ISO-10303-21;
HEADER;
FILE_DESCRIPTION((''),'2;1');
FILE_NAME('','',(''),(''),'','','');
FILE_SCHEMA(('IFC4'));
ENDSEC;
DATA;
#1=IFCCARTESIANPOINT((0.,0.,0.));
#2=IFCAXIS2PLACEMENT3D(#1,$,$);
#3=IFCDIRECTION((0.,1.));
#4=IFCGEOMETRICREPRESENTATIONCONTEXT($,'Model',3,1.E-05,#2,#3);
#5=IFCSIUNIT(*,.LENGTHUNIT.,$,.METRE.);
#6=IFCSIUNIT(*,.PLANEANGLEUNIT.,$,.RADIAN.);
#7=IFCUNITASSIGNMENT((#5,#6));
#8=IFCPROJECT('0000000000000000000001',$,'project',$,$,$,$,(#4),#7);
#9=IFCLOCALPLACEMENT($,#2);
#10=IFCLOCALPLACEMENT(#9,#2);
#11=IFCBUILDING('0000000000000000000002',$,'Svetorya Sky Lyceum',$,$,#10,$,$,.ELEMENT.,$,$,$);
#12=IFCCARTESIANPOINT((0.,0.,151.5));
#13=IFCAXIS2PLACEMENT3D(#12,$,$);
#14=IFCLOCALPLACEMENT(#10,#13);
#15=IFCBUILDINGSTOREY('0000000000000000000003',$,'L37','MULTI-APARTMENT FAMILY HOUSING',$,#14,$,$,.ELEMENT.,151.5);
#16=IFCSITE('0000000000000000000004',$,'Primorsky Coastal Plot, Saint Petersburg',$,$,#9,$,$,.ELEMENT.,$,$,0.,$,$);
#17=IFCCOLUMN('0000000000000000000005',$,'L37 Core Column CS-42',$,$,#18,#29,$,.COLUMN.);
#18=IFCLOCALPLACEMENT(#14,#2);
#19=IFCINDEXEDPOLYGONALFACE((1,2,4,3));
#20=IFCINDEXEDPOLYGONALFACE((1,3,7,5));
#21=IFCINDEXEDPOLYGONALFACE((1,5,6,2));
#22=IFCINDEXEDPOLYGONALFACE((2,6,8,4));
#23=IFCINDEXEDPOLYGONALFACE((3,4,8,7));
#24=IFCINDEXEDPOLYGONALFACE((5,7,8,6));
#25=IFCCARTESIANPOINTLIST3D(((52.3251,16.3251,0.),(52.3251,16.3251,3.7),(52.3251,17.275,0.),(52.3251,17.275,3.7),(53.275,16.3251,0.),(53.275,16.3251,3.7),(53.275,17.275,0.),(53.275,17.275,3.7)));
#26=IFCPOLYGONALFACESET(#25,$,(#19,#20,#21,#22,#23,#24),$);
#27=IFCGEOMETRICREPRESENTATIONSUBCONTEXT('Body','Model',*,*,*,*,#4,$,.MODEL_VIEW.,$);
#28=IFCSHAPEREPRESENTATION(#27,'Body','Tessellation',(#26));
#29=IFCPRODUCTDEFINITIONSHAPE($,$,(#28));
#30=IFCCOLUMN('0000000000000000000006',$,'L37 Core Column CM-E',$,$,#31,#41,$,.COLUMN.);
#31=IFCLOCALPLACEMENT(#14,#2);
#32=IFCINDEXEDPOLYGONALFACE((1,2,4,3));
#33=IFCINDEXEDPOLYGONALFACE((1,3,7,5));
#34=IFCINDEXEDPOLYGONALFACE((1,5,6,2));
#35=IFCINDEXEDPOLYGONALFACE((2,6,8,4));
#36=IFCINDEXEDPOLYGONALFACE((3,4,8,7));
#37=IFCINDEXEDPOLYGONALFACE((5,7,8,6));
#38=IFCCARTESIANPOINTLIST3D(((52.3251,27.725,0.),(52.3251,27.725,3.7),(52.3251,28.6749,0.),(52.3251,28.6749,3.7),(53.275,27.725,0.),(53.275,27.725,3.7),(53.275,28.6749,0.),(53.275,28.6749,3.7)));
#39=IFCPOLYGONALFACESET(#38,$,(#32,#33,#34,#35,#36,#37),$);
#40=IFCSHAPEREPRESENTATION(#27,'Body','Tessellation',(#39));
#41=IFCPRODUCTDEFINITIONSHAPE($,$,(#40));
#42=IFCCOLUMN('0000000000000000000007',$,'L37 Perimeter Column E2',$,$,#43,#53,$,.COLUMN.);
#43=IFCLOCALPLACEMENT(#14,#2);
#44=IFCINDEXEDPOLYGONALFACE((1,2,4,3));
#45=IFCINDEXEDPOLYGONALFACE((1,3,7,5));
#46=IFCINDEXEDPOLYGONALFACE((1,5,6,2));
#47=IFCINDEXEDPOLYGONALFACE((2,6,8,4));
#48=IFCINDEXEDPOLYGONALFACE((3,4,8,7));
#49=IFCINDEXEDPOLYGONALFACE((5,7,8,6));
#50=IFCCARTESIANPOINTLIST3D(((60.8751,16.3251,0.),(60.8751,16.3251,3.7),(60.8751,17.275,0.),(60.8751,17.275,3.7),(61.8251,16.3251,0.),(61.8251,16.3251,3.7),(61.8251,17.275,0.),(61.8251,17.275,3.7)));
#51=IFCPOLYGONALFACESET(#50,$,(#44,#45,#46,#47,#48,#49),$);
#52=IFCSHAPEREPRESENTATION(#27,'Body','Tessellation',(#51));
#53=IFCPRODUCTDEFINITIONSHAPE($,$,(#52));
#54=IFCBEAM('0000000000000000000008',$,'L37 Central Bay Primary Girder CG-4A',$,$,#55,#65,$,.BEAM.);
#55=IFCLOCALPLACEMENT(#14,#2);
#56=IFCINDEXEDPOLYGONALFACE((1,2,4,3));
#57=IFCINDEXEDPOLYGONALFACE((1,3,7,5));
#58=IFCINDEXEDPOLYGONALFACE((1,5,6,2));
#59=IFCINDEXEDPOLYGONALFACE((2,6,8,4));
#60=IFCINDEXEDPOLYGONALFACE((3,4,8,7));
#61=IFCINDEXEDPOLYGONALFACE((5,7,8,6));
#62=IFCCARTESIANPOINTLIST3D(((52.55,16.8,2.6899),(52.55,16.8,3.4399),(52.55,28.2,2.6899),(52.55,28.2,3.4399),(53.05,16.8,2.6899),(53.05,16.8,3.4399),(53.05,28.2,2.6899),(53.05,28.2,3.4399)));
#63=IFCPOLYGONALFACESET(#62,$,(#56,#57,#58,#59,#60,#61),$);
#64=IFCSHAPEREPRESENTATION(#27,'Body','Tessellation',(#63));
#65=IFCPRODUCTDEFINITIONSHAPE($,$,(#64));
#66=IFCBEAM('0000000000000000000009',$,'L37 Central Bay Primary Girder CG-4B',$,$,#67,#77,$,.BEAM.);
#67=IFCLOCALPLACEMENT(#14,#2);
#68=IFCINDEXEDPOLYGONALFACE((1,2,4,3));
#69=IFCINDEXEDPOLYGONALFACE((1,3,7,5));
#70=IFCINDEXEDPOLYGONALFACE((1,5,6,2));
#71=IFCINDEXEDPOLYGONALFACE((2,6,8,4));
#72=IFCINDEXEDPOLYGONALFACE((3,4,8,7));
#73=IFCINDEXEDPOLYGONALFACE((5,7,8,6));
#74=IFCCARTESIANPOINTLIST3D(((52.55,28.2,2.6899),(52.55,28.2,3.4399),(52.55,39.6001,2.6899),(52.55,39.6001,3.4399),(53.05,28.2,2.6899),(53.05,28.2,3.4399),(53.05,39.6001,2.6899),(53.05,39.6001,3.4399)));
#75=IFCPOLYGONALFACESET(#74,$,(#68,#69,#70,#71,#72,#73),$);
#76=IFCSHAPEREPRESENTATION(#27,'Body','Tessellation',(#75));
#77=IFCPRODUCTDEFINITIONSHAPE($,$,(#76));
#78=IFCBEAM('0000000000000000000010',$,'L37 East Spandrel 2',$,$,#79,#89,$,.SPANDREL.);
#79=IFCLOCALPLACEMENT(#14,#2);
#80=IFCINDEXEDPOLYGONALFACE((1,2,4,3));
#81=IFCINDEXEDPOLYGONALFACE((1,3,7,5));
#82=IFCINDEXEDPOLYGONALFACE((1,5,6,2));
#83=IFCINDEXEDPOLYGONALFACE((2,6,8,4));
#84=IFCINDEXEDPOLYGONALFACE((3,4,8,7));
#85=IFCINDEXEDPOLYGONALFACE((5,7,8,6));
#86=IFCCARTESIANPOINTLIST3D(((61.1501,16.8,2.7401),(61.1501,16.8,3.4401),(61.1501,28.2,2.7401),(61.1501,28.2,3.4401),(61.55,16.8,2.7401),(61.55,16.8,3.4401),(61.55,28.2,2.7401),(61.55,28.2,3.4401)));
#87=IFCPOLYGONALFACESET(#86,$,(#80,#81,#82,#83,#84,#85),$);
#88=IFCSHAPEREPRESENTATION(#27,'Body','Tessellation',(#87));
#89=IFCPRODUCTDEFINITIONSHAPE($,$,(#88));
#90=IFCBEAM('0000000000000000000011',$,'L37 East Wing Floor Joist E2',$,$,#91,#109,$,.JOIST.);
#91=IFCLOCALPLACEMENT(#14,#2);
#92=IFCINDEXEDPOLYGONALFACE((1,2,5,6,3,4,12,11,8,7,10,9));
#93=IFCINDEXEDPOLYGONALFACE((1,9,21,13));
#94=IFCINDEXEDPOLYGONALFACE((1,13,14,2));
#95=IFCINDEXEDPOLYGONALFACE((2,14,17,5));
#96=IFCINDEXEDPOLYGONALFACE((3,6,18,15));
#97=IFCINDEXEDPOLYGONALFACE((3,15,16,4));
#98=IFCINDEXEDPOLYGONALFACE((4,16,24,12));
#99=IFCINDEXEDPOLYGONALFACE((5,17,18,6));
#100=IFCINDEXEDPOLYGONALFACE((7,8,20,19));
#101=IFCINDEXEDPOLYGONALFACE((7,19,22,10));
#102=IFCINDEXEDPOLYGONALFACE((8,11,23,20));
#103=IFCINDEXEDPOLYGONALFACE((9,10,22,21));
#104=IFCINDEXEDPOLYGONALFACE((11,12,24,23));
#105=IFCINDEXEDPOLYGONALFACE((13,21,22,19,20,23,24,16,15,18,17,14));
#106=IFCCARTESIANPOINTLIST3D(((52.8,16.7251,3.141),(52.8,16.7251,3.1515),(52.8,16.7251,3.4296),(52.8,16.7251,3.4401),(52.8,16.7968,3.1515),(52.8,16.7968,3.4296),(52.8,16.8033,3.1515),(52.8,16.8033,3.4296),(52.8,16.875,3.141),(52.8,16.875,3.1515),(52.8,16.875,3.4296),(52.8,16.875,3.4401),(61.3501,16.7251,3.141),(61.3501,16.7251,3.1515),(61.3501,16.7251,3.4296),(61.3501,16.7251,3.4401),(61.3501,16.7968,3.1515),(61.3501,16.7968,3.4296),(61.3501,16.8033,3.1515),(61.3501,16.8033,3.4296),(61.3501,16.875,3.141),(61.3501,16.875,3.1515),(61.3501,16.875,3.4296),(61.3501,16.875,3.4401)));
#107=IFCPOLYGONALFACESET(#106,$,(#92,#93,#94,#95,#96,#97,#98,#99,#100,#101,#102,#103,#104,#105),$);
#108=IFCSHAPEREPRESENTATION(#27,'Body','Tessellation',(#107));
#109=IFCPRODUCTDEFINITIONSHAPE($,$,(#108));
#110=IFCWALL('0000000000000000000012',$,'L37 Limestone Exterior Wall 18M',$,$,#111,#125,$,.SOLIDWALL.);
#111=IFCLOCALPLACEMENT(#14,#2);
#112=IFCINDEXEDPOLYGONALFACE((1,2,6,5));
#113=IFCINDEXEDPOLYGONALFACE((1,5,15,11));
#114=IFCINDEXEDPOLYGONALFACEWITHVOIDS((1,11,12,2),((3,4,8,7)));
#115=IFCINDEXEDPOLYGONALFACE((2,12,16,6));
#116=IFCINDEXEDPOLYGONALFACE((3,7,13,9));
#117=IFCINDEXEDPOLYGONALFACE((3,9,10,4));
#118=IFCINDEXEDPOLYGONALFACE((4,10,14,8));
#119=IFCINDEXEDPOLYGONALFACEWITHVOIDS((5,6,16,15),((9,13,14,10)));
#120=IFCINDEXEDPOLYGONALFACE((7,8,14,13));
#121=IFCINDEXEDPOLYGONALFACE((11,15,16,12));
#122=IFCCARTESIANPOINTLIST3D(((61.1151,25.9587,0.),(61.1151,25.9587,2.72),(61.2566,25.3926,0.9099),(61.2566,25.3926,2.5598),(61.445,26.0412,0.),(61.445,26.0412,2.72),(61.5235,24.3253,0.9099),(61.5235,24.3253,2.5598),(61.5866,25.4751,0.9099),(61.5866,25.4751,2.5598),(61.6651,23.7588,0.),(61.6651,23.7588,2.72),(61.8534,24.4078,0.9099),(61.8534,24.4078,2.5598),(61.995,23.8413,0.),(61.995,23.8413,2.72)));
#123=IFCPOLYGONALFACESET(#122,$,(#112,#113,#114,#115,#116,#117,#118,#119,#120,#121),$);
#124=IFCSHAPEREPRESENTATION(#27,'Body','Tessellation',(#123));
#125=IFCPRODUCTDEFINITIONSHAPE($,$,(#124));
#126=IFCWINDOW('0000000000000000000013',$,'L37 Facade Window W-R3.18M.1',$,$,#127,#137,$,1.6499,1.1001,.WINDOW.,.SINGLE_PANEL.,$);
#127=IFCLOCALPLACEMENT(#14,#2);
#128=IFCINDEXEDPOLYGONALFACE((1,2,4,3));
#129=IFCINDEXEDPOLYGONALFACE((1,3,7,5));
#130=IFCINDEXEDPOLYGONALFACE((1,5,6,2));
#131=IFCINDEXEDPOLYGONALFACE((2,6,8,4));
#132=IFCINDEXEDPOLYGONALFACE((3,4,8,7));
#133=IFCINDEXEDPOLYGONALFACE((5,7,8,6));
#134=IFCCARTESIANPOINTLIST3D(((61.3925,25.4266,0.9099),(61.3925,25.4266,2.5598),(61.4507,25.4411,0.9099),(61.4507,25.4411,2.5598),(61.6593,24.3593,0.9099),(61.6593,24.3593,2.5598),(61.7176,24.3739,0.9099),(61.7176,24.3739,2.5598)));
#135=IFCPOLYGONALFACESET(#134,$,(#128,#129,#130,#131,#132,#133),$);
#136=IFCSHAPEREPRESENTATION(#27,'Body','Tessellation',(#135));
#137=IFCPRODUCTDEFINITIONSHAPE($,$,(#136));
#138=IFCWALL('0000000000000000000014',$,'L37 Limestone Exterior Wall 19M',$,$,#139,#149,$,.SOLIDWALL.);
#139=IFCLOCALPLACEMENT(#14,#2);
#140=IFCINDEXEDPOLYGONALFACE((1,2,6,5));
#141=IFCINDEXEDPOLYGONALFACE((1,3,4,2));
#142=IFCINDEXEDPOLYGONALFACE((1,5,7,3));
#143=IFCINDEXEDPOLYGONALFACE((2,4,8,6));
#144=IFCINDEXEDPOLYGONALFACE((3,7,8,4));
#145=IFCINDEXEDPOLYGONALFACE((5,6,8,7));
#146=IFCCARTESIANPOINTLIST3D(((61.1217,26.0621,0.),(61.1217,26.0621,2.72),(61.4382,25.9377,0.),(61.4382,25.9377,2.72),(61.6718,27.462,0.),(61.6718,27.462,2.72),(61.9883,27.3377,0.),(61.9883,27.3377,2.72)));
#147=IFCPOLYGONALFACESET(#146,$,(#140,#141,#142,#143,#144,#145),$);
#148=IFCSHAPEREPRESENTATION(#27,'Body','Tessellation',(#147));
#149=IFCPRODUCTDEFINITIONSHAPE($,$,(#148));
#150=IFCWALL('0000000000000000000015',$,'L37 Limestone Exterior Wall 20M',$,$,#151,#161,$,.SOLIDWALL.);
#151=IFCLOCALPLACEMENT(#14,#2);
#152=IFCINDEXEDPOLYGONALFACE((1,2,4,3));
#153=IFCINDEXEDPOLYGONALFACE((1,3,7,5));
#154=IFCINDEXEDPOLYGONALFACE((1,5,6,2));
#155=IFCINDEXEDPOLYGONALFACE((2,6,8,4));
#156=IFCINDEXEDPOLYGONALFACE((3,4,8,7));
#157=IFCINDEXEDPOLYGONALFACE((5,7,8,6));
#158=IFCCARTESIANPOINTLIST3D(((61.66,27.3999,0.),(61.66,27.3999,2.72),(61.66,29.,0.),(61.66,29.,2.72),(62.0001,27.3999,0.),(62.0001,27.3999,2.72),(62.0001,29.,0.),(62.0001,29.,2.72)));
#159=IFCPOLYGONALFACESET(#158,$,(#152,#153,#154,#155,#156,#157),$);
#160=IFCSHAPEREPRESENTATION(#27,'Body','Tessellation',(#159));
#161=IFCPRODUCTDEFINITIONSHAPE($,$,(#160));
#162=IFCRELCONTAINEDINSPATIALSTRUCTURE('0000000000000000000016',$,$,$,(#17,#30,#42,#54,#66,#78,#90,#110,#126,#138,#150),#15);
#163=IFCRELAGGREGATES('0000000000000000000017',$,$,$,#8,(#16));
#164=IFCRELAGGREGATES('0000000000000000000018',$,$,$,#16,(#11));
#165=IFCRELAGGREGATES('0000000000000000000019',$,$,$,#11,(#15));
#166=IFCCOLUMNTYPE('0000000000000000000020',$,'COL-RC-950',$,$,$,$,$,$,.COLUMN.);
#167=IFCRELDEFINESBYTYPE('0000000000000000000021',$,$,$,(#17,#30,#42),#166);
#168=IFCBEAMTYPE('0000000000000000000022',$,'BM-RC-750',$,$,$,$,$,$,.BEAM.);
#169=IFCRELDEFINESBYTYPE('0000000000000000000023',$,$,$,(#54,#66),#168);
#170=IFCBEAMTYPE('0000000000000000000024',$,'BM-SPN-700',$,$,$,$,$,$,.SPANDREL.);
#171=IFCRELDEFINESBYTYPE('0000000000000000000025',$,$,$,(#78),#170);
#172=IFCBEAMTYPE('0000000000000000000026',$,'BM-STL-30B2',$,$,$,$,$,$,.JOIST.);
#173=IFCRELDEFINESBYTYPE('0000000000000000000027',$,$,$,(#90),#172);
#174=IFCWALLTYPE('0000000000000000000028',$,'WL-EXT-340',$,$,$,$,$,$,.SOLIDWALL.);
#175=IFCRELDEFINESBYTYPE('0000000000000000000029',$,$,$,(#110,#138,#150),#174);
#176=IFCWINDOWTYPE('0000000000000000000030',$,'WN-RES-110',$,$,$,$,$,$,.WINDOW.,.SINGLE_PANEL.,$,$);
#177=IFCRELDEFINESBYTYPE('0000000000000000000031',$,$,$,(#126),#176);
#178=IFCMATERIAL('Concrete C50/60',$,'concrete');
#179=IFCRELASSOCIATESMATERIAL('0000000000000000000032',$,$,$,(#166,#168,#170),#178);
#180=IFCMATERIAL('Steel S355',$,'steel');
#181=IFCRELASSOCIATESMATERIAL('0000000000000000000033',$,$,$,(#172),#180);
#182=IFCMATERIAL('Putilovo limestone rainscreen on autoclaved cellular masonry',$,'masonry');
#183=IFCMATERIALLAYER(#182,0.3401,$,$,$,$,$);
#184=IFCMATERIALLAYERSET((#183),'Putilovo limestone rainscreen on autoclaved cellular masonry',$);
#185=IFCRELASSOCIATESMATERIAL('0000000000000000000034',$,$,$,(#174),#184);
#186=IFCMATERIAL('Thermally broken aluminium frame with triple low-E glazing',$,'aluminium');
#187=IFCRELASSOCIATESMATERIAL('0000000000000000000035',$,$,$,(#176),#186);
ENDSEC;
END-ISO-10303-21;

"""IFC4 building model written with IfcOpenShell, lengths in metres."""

from ifc_helpers import new_model, si_unit, direction, frame, frame_2d, origin, origin_2d, place, context, subcontext, project, spatial, rectangle, i_section, extrude, material, layer, layer_set, material_profile, profile_set, type_object, element, fill, save


model = new_model("IFC4")

# Units and contexts
model_context = context("Model", 3, precision=1e-05, world=origin(), true_north=direction((0.0, 1.0)))
body_context = subcontext(model_context, "Body", "Model", "MODEL_VIEW")
ifc_project = project(units=[si_unit("LENGTHUNIT", "METRE"), si_unit("PLANEANGLEUNIT", "RADIAN")], contexts=[model_context])

# Site, building, storey
site_placement = place(None, origin())
site = spatial("IfcSite", under=ifc_project, at=site_placement, Name="Primorsky Coastal Plot, Saint Petersburg", CompositionType="ELEMENT", RefElevation=0.0)
building_placement = place(site_placement, origin())
building = spatial("IfcBuilding", under=site, at=building_placement, Name="Svetorya Sky Lyceum", CompositionType="ELEMENT")
storey_placement = place(building_placement, frame((0.0, 0.0, 151.5)))
storey = spatial("IfcBuildingStorey", under=building, at=storey_placement, Name="L37", Description="MULTI-APARTMENT FAMILY HOUSING", CompositionType="ELEMENT", Elevation=151.5)

# Columns
ifc_material_1 = material(Name="Concrete C50/60", Category="concrete")
ifc_material_profile_1 = material_profile(ifc_material_1, rectangle(XDim=0.95, YDim=0.95, at=origin_2d()), Name="RC COL 950x950")
ifc_profile_set_1 = profile_set([ifc_material_profile_1], Name="Concrete C50/60")
column_type = type_object("IfcColumnType", Name="COL-RC-950", PredefinedType="COLUMN", material=ifc_profile_set_1)
for number, where, z_axis, x_axis, name in (
    (1, (52.8, 16.8, 0.0), (0.0, 0.0, 1.0), (1.0, 0.0, 0.0), "L37 Core Column CS-42"),
    (2, (52.8, 28.2, 0.0), (0.0, 0.0, 1.0), (1.0, 0.0, 0.0), "L37 Core Column CM-E"),
    (3, (61.3501, 16.8, 0.0), (0.0, 0.0, 1.0), (1.0, 0.0, 0.0), "L37 Perimeter Column E2"),
):
    element("IfcColumn", number, at=place(storey_placement, frame(where, z_axis=z_axis, x_axis=x_axis)), inside=storey, type_object=column_type, Name=name, PredefinedType="COLUMN", context=body_context, shape_type="SweptSolid", body=[
        extrude(rectangle(XDim=0.95, YDim=0.95, at=origin_2d()), origin(), (0.0, 0.0, 1.0), 3.7),
    ])

# Beams
ifc_material_profile_2 = material_profile(ifc_material_1, rectangle(XDim=0.5, YDim=0.75, at=origin_2d()), Name="RC BEAM 500x750")
ifc_profile_set_2 = profile_set([ifc_material_profile_2], Name="Concrete C50/60")
beam_type_1 = type_object("IfcBeamType", Name="BM-RC-750", PredefinedType="BEAM", material=ifc_profile_set_2)
beam_1_placement = place(storey_placement, frame((52.8, 16.8, 3.0649), z_axis=(0.0, 1.0, 0.0), x_axis=(-1.0, 0.0, 0.0)))
element("IfcBeam", 4, at=beam_1_placement, inside=storey, type_object=beam_type_1, Name="L37 Central Bay Primary Girder CG-4A", PredefinedType="BEAM", context=body_context, shape_type="SweptSolid", body=[
    extrude(rectangle(XDim=0.5, YDim=0.75, at=origin_2d()), origin(), (0.0, 0.0, 1.0), 11.3999),
])
beam_2_placement = place(storey_placement, frame((52.8, 28.2, 3.0649), z_axis=(0.0, 1.0, 0.0), x_axis=(-1.0, 0.0, 0.0)))
element("IfcBeam", 5, at=beam_2_placement, inside=storey, type_object=beam_type_1, Name="L37 Central Bay Primary Girder CG-4B", PredefinedType="BEAM", context=body_context, shape_type="SweptSolid", body=[
    extrude(rectangle(XDim=0.5, YDim=0.75, at=origin_2d()), origin(), (0.0, 0.0, 1.0), 11.4001),
])
ifc_material_profile_3 = material_profile(ifc_material_1, rectangle(XDim=0.3999, YDim=0.7, at=origin_2d()), Name="RC SPANDREL 400x700")
ifc_profile_set_3 = profile_set([ifc_material_profile_3], Name="Concrete C50/60")
beam_type_2 = type_object("IfcBeamType", Name="BM-SPN-700", PredefinedType="SPANDREL", material=ifc_profile_set_3)
beam_3_placement = place(storey_placement, frame((61.3501, 16.8, 3.0901), z_axis=(0.0, 1.0, 0.0), x_axis=(-1.0, 0.0, 0.0)))
element("IfcBeam", 6, at=beam_3_placement, inside=storey, type_object=beam_type_2, Name="L37 East Spandrel 2", PredefinedType="SPANDREL", context=body_context, shape_type="SweptSolid", body=[
    extrude(rectangle(XDim=0.3999, YDim=0.7, at=origin_2d()), origin(), (0.0, 0.0, 1.0), 11.3999),
])
ifc_material_2 = material(Name="Steel S355", Category="steel")
ifc_material_profile_4 = material_profile(ifc_material_2, i_section(OverallWidth=0.1499, OverallDepth=0.2991, WebThickness=0.0066, FlangeThickness=0.0105, at=origin_2d()), Name="GOST 30B2")
ifc_profile_set_4 = profile_set([ifc_material_profile_4], Name="Steel S355")
beam_type_3 = type_object("IfcBeamType", Name="BM-STL-30B2", PredefinedType="JOIST", material=ifc_profile_set_4)
beam_4_placement = place(storey_placement, frame((52.8, 16.8, 3.2905), z_axis=(1.0, 0.0, 0.0), x_axis=(0.0, 1.0, 0.0)))
element("IfcBeam", 7, at=beam_4_placement, inside=storey, type_object=beam_type_3, Name="L37 East Wing Floor Joist E2", PredefinedType="JOIST", context=body_context, shape_type="SweptSolid", body=[
    extrude(i_section(OverallWidth=0.1499, OverallDepth=0.2991, WebThickness=0.0066, FlangeThickness=0.0105, at=origin_2d()), origin(), (0.0, 0.0, 1.0), 8.55),
])

# Wall, opening, window
ifc_material_3 = material(Name="Putilovo limestone rainscreen on autoclaved cellular masonry", Category="masonry")
ifc_layer_1 = layer(ifc_material_3, 0.3401)
ifc_layer_set_1 = layer_set([ifc_layer_1], Name="Putilovo limestone rainscreen on autoclaved cellular masonry")
wall_type_1 = type_object("IfcWallType", Name="WL-EXT-340", PredefinedType="SOLIDWALL", material=ifc_layer_set_1)
wall_1_placement = place(storey_placement, frame((61.8301, 23.8, 0.0), z_axis=(0.0, 0.0, 1.0), x_axis=(-0.242561, 0.970136, 0.0)))
wall_1 = element("IfcWall", 8, at=wall_1_placement, inside=storey, type_object=wall_type_1, Name="L37 Limestone Exterior Wall 18M", PredefinedType="SOLIDWALL", context=body_context, shape_type="SweptSolid", body=[
    extrude(rectangle(XDim=2.2676, YDim=0.3401, at=frame_2d((1.1338, 0.0))), origin(), (0.0, 0.0, 1.0), 2.72),
])
opening_1_placement = place(wall_1_placement, frame((0.584, 0.0, 0.9099)))
opening_1 = element("IfcOpeningElement", 9, at=opening_1_placement, cuts=wall_1, PredefinedType="OPENING", context=body_context, shape_type="SweptSolid", body=[
    extrude(rectangle(XDim=1.1001, YDim=1.6499, at=frame_2d((0.55, 0.825))), frame((0.0, 0.1799, 0.0), z_axis=(0.0, -1.0, 0.0), x_axis=(1.0, 0.0, 0.0)), (0.0, 0.0, 1.0), 0.3601),
])
ifc_material_4 = material(Name="Thermally broken aluminium frame with triple low-E glazing", Category="aluminium")
window_type = type_object("IfcWindowType", Name="WN-RES-110", PartitioningType="SINGLE_PANEL", PredefinedType="WINDOW", material=ifc_material_4)
window_placement = place(opening_1_placement, origin())
window = element("IfcWindow", 10, at=window_placement, inside=storey, type_object=window_type, Name="L37 Facade Window W-R3.18M.1", OverallHeight=1.6499, OverallWidth=1.1001, PartitioningType="SINGLE_PANEL", PredefinedType="WINDOW", context=body_context, shape_type="SweptSolid", body=[
    extrude(rectangle(XDim=1.1001, YDim=1.6499, at=frame_2d((0.55, 0.825))), frame((0.0, 0.03, 0.0), z_axis=(0.0, -1.0, 0.0), x_axis=(1.0, 0.0, 0.0)), (0.0, 0.0, 1.0), 0.0601),
])
fill(opening_1, window)

# Walls
wall_2_placement = place(storey_placement, frame((61.28, 26.0, 0.0), z_axis=(0.0, 0.0, 1.0), x_axis=(0.365703, 0.930732, 0.0)))
element("IfcWall", 11, at=wall_2_placement, inside=storey, type_object=wall_type_1, Name="L37 Limestone Exterior Wall 19M", PredefinedType="SOLIDWALL", context=body_context, shape_type="SweptSolid", body=[
    extrude(rectangle(XDim=1.5042, YDim=0.3401, at=frame_2d((0.752, 0.0))), origin(), (0.0, 0.0, 1.0), 2.72),
])
wall_3_placement = place(storey_placement, frame((61.8301, 27.3999, 0.0), z_axis=(0.0, 0.0, 1.0), x_axis=(0.0, 1.0, 0.0)))
element("IfcWall", 12, at=wall_3_placement, inside=storey, type_object=wall_type_1, Name="L37 Limestone Exterior Wall 20M", PredefinedType="SOLIDWALL", context=body_context, shape_type="SweptSolid", body=[
    extrude(rectangle(XDim=1.6001, YDim=0.3401, at=frame_2d((0.8, 0.0))), origin(), (0.0, 0.0, 1.0), 2.72),
])

save(model, "model.ifc")
